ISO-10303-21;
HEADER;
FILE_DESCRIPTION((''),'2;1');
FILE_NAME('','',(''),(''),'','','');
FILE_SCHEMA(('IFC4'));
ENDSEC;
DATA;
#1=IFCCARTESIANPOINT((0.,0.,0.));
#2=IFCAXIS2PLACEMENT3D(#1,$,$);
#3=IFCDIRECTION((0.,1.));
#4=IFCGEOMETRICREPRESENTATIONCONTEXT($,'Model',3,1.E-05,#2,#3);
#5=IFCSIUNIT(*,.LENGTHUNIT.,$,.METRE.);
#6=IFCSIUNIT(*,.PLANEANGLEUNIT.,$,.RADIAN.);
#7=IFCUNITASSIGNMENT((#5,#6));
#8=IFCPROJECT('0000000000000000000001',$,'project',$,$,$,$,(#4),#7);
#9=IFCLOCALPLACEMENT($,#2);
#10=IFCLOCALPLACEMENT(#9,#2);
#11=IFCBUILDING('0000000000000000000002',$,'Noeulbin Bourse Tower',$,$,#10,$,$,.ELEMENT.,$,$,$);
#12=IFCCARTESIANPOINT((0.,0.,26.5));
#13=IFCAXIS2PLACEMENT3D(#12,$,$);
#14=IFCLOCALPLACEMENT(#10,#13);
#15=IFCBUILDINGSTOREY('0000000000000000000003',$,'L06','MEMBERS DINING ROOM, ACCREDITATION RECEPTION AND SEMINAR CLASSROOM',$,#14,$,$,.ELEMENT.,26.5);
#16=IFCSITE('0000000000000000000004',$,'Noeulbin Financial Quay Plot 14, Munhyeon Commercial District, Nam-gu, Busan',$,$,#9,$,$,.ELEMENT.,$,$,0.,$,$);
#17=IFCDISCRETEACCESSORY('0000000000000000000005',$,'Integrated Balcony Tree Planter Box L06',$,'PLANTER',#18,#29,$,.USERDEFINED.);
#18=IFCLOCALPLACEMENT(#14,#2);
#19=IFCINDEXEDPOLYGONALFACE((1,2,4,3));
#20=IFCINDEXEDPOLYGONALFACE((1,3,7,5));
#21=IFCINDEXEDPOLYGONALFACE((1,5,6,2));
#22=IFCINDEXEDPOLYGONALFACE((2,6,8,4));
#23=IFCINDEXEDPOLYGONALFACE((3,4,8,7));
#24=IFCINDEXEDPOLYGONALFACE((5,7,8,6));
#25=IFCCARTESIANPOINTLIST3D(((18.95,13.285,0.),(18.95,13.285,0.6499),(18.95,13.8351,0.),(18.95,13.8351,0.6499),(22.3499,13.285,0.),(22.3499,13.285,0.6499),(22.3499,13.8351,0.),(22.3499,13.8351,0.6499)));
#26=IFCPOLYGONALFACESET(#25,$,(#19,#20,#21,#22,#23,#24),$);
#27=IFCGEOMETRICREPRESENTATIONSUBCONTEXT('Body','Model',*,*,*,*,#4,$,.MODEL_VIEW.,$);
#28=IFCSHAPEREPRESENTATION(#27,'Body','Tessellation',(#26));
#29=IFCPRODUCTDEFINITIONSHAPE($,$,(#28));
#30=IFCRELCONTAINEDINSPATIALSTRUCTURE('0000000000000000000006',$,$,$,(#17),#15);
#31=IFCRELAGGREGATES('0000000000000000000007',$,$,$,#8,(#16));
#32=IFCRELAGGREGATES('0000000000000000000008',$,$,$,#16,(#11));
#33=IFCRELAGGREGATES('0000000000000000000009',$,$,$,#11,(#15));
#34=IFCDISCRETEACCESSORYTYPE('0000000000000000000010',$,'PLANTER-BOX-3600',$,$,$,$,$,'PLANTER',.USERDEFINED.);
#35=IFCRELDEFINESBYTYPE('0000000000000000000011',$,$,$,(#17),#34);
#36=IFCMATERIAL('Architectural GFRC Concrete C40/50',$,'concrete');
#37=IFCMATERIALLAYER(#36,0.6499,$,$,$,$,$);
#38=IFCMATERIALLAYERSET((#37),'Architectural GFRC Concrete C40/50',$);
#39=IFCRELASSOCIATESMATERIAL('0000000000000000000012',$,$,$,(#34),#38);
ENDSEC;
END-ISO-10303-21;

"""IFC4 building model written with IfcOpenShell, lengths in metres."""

from ifc_helpers import new_model, si_unit, direction, frame, origin, origin_2d, place, context, subcontext, project, spatial, rectangle, extrude, material, layer, layer_set, type_object, element, save


model = new_model("IFC4")

# Units and contexts
model_context = context("Model", 3, precision=1e-05, world=origin(), true_north=direction((0.0, 1.0)))
body_context = subcontext(model_context, "Body", "Model", "MODEL_VIEW")
ifc_project = project(units=[si_unit("LENGTHUNIT", "METRE"), si_unit("PLANEANGLEUNIT", "RADIAN")], contexts=[model_context])

# Site, building, storey
site_placement = place(None, origin())
site = spatial("IfcSite", under=ifc_project, at=site_placement, Name="Noeulbin Financial Quay Plot 14, Munhyeon Commercial District, Nam-gu, Busan", CompositionType="ELEMENT", RefElevation=0.0)
building_placement = place(site_placement, origin())
building = spatial("IfcBuilding", under=site, at=building_placement, Name="Noeulbin Bourse Tower", CompositionType="ELEMENT")
storey_placement = place(building_placement, frame((0.0, 0.0, 26.5)))
storey = spatial("IfcBuildingStorey", under=building, at=storey_placement, Name="L06", Description="MEMBERS DINING ROOM, ACCREDITATION RECEPTION AND SEMINAR CLASSROOM", CompositionType="ELEMENT", Elevation=26.5)

# Discrete accessory
ifc_material_1 = material(Name="Architectural GFRC Concrete C40/50", Category="concrete")
ifc_layer_1 = layer(ifc_material_1, 0.6499)
ifc_layer_set_1 = layer_set([ifc_layer_1], Name="Architectural GFRC Concrete C40/50")
discrete_accessory_type = type_object("IfcDiscreteAccessoryType", Name="PLANTER-BOX-3600", ElementType="PLANTER", PredefinedType="USERDEFINED", material=ifc_layer_set_1)
discrete_accessory_placement = place(storey_placement, frame((20.6499, 13.5601, 0.0), z_axis=(0.0, 0.0, 1.0), x_axis=(1.0, 0.0, 0.0)))
element("IfcDiscreteAccessory", 1, at=discrete_accessory_placement, inside=storey, type_object=discrete_accessory_type, Name="Integrated Balcony Tree Planter Box L06", ObjectType="PLANTER", PredefinedType="USERDEFINED", context=body_context, shape_type="SweptSolid", body=[
    extrude(rectangle(XDim=3.3999, YDim=0.55, at=origin_2d()), origin(), (0.0, 0.0, 1.0), 0.6499),
])

save(model, "model.ifc")
